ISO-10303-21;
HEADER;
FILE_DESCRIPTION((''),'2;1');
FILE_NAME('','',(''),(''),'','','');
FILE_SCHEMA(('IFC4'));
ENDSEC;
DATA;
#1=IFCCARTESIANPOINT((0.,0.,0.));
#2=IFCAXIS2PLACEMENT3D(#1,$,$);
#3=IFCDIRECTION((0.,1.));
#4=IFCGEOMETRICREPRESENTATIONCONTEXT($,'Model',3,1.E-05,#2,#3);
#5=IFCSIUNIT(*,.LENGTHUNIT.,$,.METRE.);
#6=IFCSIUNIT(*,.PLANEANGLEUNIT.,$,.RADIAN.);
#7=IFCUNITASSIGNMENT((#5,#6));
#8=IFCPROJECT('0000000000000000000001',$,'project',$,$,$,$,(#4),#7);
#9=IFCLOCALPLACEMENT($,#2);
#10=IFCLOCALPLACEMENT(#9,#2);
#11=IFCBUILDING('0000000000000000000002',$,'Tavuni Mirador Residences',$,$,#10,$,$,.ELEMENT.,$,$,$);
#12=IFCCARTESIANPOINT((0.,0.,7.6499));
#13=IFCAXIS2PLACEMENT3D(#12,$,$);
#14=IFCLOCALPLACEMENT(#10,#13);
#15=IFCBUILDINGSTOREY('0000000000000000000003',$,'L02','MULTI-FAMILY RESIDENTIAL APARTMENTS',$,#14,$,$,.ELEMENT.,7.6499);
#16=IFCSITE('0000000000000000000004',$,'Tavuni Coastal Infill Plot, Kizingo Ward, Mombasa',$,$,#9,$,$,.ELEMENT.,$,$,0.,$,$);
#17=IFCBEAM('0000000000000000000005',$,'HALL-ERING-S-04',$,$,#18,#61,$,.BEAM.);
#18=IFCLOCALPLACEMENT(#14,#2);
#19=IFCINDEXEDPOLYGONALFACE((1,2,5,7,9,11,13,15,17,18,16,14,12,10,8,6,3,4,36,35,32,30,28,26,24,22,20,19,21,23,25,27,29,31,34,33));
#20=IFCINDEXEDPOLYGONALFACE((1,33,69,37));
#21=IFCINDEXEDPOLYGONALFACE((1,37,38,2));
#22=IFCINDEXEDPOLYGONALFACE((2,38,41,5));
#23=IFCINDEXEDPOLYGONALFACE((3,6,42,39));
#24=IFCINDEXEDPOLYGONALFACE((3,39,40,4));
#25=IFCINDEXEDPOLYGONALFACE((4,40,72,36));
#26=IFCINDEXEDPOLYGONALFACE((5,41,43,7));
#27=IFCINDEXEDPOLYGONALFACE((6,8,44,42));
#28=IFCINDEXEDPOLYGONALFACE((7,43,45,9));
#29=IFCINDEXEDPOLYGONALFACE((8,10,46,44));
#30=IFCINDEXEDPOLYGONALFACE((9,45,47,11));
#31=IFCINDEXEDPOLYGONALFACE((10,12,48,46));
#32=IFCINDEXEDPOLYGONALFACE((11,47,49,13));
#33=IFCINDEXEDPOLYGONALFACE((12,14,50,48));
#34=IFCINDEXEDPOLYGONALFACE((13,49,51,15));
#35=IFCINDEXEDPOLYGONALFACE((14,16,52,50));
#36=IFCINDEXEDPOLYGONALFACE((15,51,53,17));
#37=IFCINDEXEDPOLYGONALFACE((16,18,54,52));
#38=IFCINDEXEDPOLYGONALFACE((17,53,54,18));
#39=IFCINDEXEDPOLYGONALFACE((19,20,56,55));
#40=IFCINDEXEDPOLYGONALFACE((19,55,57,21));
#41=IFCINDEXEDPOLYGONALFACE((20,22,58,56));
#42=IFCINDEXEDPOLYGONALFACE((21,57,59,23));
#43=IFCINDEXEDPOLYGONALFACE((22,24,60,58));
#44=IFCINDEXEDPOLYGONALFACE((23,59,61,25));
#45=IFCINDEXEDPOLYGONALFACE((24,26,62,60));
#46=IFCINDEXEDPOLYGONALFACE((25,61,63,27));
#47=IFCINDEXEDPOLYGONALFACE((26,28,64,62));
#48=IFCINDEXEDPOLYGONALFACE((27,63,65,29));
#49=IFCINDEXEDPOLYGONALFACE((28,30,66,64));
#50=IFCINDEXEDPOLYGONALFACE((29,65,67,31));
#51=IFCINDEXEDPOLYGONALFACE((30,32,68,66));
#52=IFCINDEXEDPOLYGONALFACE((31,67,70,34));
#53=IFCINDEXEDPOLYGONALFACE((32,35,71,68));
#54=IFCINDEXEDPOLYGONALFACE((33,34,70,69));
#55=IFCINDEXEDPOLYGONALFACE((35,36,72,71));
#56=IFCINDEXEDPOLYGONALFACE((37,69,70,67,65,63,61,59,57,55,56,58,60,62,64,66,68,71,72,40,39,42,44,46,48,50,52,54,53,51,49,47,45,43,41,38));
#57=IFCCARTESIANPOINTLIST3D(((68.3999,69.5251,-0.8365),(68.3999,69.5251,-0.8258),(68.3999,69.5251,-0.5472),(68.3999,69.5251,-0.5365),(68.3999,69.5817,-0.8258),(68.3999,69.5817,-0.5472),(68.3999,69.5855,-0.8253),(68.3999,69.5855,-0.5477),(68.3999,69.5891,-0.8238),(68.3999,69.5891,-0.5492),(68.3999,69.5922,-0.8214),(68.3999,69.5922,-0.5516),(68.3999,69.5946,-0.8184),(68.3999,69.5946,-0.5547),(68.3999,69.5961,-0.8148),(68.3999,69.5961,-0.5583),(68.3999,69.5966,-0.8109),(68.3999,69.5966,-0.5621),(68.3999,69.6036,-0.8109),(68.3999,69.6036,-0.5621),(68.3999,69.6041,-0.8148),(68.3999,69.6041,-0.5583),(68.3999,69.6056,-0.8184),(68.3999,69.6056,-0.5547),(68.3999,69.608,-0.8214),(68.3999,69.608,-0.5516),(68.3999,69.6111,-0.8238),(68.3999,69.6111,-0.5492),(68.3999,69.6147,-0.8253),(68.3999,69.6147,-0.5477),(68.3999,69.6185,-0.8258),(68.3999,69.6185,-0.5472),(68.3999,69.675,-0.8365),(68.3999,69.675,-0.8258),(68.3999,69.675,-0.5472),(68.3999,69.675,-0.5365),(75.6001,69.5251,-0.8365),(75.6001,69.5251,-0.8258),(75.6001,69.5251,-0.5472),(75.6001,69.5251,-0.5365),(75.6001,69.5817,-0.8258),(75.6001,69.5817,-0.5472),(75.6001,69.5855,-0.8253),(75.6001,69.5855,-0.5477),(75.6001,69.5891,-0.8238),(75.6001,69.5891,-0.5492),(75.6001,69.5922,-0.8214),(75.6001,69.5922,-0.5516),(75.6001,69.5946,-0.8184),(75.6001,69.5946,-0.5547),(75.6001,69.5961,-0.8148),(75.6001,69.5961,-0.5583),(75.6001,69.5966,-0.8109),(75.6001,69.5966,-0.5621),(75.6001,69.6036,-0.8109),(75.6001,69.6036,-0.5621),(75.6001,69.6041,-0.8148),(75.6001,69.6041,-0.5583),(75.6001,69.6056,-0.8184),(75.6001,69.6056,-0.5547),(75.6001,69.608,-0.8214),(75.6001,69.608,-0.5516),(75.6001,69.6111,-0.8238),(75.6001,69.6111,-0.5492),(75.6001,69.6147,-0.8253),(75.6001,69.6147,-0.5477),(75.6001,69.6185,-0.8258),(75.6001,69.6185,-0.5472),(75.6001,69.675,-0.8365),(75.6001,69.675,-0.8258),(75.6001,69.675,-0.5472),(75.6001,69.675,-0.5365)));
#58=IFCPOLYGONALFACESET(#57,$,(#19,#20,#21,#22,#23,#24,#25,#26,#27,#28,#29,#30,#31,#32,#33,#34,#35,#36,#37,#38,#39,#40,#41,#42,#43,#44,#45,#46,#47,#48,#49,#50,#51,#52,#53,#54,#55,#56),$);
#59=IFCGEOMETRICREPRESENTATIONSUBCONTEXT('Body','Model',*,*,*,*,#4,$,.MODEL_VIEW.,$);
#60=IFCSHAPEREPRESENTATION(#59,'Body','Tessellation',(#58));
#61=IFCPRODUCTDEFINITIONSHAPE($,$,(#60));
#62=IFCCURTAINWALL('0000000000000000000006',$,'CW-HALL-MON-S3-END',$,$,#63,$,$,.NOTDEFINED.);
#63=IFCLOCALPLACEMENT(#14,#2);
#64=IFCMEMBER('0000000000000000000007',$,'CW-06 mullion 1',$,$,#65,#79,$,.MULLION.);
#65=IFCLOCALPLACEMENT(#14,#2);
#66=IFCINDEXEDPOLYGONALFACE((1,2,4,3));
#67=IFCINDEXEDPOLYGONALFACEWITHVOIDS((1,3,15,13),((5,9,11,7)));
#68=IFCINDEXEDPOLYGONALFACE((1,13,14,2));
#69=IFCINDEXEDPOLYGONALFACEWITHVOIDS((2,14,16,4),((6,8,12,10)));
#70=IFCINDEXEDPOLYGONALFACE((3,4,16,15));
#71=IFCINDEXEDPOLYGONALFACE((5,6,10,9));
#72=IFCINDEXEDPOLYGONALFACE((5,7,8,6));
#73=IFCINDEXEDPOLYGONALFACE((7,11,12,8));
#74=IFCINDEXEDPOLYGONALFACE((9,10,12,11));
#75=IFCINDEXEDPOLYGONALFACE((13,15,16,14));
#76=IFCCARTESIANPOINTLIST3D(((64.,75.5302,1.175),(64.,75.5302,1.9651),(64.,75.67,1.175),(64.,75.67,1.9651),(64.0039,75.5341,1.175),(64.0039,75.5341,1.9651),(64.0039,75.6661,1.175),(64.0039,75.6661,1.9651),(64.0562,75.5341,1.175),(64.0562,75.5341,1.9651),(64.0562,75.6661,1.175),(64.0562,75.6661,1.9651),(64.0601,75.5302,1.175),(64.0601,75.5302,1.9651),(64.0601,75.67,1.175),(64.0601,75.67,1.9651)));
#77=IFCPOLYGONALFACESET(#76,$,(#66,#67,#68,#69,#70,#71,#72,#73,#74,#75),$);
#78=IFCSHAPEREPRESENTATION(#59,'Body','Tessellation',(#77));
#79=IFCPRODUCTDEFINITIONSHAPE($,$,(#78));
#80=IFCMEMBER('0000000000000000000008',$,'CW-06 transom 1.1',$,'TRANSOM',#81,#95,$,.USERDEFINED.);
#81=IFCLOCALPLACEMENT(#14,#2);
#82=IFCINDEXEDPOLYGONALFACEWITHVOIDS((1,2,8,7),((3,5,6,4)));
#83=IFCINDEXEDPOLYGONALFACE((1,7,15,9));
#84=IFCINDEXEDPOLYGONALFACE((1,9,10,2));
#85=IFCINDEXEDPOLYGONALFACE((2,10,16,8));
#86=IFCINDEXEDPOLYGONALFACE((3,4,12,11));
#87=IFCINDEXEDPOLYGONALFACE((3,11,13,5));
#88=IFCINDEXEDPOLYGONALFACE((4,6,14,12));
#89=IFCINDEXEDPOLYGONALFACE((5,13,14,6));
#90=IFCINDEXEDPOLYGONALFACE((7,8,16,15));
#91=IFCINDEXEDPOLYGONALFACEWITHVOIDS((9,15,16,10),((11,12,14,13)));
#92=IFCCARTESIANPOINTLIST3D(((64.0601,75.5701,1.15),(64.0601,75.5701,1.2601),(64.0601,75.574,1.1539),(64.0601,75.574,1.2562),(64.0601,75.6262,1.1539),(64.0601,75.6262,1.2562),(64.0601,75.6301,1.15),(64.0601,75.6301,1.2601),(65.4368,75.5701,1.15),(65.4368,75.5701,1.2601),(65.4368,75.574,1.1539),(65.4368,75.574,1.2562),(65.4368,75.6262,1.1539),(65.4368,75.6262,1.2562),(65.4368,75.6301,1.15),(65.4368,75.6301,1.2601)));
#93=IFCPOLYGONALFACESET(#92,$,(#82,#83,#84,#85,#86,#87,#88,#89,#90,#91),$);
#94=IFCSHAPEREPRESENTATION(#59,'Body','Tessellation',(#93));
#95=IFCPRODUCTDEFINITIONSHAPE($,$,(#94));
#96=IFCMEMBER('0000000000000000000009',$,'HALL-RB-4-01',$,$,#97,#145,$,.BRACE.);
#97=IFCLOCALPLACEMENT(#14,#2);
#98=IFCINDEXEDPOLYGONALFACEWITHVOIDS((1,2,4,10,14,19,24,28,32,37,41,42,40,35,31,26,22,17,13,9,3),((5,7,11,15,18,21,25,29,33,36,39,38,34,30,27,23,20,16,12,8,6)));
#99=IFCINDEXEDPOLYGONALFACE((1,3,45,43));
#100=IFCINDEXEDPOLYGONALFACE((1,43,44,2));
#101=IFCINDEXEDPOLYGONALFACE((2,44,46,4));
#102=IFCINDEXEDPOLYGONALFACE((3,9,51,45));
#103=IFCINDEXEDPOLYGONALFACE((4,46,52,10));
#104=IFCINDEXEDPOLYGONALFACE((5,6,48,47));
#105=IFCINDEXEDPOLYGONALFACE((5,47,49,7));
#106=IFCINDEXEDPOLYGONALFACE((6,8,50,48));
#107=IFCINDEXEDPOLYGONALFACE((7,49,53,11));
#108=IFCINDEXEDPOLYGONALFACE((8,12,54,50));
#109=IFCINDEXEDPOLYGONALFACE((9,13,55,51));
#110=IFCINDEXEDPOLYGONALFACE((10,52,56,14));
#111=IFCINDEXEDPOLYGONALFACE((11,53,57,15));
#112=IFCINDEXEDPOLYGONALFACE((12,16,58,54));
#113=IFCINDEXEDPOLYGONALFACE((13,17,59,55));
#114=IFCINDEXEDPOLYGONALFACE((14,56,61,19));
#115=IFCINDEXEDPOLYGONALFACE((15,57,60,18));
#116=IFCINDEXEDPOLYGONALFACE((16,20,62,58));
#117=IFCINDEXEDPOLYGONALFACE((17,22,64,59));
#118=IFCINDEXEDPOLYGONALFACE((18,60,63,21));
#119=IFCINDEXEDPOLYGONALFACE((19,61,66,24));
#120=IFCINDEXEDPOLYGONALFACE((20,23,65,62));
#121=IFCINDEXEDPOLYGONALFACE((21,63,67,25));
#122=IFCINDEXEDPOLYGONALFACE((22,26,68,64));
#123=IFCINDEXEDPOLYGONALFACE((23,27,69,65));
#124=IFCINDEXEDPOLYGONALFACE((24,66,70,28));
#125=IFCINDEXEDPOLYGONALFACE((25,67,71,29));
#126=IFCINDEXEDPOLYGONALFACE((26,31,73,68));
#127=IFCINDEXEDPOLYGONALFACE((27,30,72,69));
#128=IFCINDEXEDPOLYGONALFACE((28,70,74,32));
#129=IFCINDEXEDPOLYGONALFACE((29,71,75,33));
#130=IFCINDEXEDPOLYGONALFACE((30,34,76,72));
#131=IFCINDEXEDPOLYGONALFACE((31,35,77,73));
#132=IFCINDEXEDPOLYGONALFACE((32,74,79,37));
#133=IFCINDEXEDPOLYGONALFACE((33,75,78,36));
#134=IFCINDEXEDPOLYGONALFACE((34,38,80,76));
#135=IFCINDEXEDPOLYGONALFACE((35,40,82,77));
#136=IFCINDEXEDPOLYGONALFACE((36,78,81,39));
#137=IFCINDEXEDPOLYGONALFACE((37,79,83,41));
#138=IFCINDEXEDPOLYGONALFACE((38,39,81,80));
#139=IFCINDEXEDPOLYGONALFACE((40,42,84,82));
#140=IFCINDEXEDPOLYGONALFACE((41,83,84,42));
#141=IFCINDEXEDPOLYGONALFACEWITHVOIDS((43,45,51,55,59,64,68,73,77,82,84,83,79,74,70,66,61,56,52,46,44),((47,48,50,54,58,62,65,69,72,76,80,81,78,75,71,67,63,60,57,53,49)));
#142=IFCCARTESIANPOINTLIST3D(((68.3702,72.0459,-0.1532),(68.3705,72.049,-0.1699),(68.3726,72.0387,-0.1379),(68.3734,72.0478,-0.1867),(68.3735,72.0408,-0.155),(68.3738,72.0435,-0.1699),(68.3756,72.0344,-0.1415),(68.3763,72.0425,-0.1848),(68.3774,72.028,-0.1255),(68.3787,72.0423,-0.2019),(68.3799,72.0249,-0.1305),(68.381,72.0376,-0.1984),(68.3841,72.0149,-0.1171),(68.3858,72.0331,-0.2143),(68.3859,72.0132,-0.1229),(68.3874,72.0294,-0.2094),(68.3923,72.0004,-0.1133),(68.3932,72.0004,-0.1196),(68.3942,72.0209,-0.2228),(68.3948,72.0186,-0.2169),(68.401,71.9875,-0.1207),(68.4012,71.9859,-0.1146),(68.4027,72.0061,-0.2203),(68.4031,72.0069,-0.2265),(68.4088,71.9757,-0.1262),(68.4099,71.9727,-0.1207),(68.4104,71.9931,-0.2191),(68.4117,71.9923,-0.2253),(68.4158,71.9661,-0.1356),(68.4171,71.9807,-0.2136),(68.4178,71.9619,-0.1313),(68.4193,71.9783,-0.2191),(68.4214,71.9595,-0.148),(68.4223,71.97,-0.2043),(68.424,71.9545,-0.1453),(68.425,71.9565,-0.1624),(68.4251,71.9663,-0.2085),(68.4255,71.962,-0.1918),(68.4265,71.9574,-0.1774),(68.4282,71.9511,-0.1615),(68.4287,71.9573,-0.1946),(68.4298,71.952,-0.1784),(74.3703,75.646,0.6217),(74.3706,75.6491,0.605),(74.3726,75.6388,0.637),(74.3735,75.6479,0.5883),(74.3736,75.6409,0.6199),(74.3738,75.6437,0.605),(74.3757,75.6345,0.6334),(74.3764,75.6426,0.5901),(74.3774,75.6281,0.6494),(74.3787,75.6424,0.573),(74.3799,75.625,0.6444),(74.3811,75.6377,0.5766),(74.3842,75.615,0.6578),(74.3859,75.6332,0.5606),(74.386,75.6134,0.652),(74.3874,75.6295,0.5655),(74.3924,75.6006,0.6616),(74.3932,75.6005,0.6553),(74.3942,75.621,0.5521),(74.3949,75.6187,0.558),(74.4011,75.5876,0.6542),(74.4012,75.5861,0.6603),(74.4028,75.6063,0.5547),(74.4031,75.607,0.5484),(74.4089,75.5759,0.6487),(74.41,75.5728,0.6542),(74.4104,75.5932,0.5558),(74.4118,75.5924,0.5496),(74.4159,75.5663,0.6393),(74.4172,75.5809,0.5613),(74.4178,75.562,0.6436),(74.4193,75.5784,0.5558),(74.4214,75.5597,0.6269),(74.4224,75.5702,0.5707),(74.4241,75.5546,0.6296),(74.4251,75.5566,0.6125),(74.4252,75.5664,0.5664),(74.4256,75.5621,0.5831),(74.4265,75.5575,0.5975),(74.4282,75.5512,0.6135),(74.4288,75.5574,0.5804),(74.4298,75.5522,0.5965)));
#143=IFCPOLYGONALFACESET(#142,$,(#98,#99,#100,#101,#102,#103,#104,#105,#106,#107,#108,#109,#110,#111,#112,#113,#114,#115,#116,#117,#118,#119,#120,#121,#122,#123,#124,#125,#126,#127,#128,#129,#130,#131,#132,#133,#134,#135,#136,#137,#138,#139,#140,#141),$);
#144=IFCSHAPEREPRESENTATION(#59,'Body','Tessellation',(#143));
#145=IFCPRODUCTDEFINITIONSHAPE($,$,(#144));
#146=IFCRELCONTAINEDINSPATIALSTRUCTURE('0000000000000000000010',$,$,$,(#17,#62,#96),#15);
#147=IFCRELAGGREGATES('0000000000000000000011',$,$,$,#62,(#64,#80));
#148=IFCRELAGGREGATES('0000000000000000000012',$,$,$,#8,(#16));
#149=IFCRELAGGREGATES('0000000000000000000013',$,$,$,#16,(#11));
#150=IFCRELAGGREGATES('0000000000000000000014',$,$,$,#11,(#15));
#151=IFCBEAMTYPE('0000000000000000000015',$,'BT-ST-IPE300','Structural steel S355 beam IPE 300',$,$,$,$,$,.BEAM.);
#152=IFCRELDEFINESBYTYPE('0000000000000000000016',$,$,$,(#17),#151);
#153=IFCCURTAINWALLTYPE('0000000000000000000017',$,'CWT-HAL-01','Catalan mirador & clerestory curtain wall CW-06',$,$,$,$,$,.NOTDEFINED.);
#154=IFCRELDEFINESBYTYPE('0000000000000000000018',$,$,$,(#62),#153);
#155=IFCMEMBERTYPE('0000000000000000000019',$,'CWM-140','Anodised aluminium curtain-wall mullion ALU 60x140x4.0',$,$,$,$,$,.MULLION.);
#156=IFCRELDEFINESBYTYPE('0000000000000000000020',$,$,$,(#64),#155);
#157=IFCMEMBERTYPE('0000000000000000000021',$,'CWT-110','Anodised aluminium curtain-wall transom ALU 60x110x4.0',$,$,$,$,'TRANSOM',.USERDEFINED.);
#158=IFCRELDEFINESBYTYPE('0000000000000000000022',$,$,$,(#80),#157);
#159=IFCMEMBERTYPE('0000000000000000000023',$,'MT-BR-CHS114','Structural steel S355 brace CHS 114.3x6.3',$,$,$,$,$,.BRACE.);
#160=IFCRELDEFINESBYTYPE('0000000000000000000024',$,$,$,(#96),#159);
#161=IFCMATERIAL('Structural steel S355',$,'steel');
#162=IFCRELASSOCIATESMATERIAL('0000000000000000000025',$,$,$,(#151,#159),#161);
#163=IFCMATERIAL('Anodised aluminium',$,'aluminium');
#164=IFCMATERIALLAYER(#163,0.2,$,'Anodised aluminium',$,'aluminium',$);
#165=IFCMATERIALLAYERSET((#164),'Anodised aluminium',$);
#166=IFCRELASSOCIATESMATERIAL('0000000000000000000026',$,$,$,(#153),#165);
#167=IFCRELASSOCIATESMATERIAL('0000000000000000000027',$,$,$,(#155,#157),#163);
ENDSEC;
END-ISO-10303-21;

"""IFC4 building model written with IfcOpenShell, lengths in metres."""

from ifc_helpers import new_model, si_unit, direction, frame, origin, origin_2d, place, context, subcontext, project, spatial, hollow_rectangle, hollow_circle, i_section, extrude, material, layer, layer_set, material_profile, profile_set, type_object, element, aggregate, save


model = new_model("IFC4")

# Units and contexts
model_context = context("Model", 3, precision=1e-05, world=origin(), true_north=direction((0.0, 1.0)))
body_context = subcontext(model_context, "Body", "Model", "MODEL_VIEW")
ifc_project = project(units=[si_unit("LENGTHUNIT", "METRE"), si_unit("PLANEANGLEUNIT", "RADIAN")], contexts=[model_context])

# Site, building, storey
site_placement = place(None, origin())
site = spatial("IfcSite", under=ifc_project, at=site_placement, Name="Tavuni Coastal Infill Plot, Kizingo Ward, Mombasa", CompositionType="ELEMENT", RefElevation=0.0)
building_placement = place(site_placement, origin())
building = spatial("IfcBuilding", under=site, at=building_placement, Name="Tavuni Mirador Residences", CompositionType="ELEMENT")
storey_placement = place(building_placement, frame((0.0, 0.0, 7.6499)))
storey = spatial("IfcBuildingStorey", under=building, at=storey_placement, Name="L02", Description="MULTI-FAMILY RESIDENTIAL APARTMENTS", CompositionType="ELEMENT", Elevation=7.6499)

# Beam
ifc_material_1 = material(Name="Structural steel S355", Category="steel")
ifc_material_profile_1 = material_profile(ifc_material_1, i_section(OverallWidth=0.1499, OverallDepth=0.3, WebThickness=0.0071, FlangeThickness=0.0107, FilletRadius=0.0149, at=origin_2d()), Name="IPE 300", Category="steel")
ifc_profile_set_1 = profile_set([ifc_material_profile_1], Name="Structural steel S355")
beam_type = type_object("IfcBeamType", Name="BT-ST-IPE300", Description="Structural steel S355 beam IPE 300", PredefinedType="BEAM", material=ifc_profile_set_1)
beam_placement = place(storey_placement, frame((68.3999, 69.6001, -0.6865), z_axis=(1.0, 0.0, 0.0), x_axis=(0.0, 1.0, 0.0)))
element("IfcBeam", 1, at=beam_placement, inside=storey, type_object=beam_type, Name="HALL-ERING-S-04", PredefinedType="BEAM", context=body_context, shape_type="SweptSolid", body=[
    extrude(i_section(OverallWidth=0.1499, OverallDepth=0.3, WebThickness=0.0071, FlangeThickness=0.0107, FilletRadius=0.0149, at=origin_2d()), origin(), (0.0, 0.0, 1.0), 7.2002),
])

# Curtain wall, members
ifc_material_2 = material(Name="Anodised aluminium", Category="aluminium")
ifc_layer_1 = layer(ifc_material_2, 0.2, Name="Anodised aluminium", Category="aluminium")
ifc_layer_set_1 = layer_set([ifc_layer_1], Name="Anodised aluminium")
curtain_wall_type = type_object("IfcCurtainWallType", Name="CWT-HAL-01", Description="Catalan mirador & clerestory curtain wall CW-06", PredefinedType="NOTDEFINED", material=ifc_layer_set_1)
curtain_wall_placement = place(storey_placement, origin())
curtain_wall = element("IfcCurtainWall", 2, at=curtain_wall_placement, inside=storey, type_object=curtain_wall_type, Name="CW-HALL-MON-S3-END", PredefinedType="NOTDEFINED")
ifc_material_profile_2 = material_profile(ifc_material_2, hollow_rectangle(XDim=0.0601, YDim=0.1399, WallThickness=0.0039, at=origin_2d()), Name="ALU 60x140x4.0", Category="aluminium")
ifc_profile_set_2 = profile_set([ifc_material_profile_2], Name="Anodised aluminium")
member_type_1 = type_object("IfcMemberType", Name="CWM-140", Description="Anodised aluminium curtain-wall mullion ALU 60x140x4.0", PredefinedType="MULLION", material=ifc_profile_set_2)
member_1_placement = place(storey_placement, frame((64.03, 75.6001, 1.175), z_axis=(0.0, 0.0, 1.0), x_axis=(1.0, 0.0, 0.0)))
member_1 = element("IfcMember", 3, at=member_1_placement, type_object=member_type_1, Name="CW-06 mullion 1", PredefinedType="MULLION", context=body_context, shape_type="SweptSolid", body=[
    extrude(hollow_rectangle(XDim=0.0601, YDim=0.1399, WallThickness=0.0039, at=origin_2d()), origin(), (0.0, 0.0, 1.0), 0.79),
])
ifc_material_profile_3 = material_profile(ifc_material_2, hollow_rectangle(XDim=0.0601, YDim=0.1101, WallThickness=0.0039, at=origin_2d()), Name="ALU 60x110x4.0", Category="aluminium")
ifc_profile_set_3 = profile_set([ifc_material_profile_3], Name="Anodised aluminium")
member_type_2 = type_object("IfcMemberType", Name="CWT-110", Description="Anodised aluminium curtain-wall transom ALU 60x110x4.0", ElementType="TRANSOM", PredefinedType="USERDEFINED", material=ifc_profile_set_3)
member_2_placement = place(storey_placement, frame((64.0601, 75.6001, 1.2051), z_axis=(1.0, 0.0, 0.0), x_axis=(0.0, 1.0, 0.0)))
member_2 = element("IfcMember", 4, at=member_2_placement, type_object=member_type_2, Name="CW-06 transom 1.1", ObjectType="TRANSOM", PredefinedType="USERDEFINED", context=body_context, shape_type="SweptSolid", body=[
    extrude(hollow_rectangle(XDim=0.0601, YDim=0.1101, WallThickness=0.0039, at=origin_2d()), origin(), (0.0, 0.0, 1.0), 1.3767),
])
aggregate(curtain_wall, [member_1, member_2])

# Member
ifc_material_profile_4 = material_profile(ifc_material_1, hollow_circle(Radius=0.0571, WallThickness=0.0063, at=origin_2d()), Name="CHS 114.3x6.3", Category="steel")
ifc_profile_set_4 = profile_set([ifc_material_profile_4], Name="Structural steel S355")
member_type_3 = type_object("IfcMemberType", Name="MT-BR-CHS114", Description="Structural steel S355 brace CHS 114.3x6.3", PredefinedType="BRACE", material=ifc_profile_set_4)
member_3_placement = place(storey_placement, frame((68.3999, 72.0, -0.1699), z_axis=(0.852276, 0.51138, 0.110072), x_axis=(-0.514506, 0.857487, 0.0)))
element("IfcMember", 5, at=member_3_placement, inside=storey, type_object=member_type_3, Name="HALL-RB-4-01", PredefinedType="BRACE", context=body_context, shape_type="SweptSolid", body=[
    extrude(hollow_circle(Radius=0.0571, WallThickness=0.0063, at=origin_2d()), origin(), (0.0, 0.0, 1.0), 7.04),
])

save(model, "model.ifc")
